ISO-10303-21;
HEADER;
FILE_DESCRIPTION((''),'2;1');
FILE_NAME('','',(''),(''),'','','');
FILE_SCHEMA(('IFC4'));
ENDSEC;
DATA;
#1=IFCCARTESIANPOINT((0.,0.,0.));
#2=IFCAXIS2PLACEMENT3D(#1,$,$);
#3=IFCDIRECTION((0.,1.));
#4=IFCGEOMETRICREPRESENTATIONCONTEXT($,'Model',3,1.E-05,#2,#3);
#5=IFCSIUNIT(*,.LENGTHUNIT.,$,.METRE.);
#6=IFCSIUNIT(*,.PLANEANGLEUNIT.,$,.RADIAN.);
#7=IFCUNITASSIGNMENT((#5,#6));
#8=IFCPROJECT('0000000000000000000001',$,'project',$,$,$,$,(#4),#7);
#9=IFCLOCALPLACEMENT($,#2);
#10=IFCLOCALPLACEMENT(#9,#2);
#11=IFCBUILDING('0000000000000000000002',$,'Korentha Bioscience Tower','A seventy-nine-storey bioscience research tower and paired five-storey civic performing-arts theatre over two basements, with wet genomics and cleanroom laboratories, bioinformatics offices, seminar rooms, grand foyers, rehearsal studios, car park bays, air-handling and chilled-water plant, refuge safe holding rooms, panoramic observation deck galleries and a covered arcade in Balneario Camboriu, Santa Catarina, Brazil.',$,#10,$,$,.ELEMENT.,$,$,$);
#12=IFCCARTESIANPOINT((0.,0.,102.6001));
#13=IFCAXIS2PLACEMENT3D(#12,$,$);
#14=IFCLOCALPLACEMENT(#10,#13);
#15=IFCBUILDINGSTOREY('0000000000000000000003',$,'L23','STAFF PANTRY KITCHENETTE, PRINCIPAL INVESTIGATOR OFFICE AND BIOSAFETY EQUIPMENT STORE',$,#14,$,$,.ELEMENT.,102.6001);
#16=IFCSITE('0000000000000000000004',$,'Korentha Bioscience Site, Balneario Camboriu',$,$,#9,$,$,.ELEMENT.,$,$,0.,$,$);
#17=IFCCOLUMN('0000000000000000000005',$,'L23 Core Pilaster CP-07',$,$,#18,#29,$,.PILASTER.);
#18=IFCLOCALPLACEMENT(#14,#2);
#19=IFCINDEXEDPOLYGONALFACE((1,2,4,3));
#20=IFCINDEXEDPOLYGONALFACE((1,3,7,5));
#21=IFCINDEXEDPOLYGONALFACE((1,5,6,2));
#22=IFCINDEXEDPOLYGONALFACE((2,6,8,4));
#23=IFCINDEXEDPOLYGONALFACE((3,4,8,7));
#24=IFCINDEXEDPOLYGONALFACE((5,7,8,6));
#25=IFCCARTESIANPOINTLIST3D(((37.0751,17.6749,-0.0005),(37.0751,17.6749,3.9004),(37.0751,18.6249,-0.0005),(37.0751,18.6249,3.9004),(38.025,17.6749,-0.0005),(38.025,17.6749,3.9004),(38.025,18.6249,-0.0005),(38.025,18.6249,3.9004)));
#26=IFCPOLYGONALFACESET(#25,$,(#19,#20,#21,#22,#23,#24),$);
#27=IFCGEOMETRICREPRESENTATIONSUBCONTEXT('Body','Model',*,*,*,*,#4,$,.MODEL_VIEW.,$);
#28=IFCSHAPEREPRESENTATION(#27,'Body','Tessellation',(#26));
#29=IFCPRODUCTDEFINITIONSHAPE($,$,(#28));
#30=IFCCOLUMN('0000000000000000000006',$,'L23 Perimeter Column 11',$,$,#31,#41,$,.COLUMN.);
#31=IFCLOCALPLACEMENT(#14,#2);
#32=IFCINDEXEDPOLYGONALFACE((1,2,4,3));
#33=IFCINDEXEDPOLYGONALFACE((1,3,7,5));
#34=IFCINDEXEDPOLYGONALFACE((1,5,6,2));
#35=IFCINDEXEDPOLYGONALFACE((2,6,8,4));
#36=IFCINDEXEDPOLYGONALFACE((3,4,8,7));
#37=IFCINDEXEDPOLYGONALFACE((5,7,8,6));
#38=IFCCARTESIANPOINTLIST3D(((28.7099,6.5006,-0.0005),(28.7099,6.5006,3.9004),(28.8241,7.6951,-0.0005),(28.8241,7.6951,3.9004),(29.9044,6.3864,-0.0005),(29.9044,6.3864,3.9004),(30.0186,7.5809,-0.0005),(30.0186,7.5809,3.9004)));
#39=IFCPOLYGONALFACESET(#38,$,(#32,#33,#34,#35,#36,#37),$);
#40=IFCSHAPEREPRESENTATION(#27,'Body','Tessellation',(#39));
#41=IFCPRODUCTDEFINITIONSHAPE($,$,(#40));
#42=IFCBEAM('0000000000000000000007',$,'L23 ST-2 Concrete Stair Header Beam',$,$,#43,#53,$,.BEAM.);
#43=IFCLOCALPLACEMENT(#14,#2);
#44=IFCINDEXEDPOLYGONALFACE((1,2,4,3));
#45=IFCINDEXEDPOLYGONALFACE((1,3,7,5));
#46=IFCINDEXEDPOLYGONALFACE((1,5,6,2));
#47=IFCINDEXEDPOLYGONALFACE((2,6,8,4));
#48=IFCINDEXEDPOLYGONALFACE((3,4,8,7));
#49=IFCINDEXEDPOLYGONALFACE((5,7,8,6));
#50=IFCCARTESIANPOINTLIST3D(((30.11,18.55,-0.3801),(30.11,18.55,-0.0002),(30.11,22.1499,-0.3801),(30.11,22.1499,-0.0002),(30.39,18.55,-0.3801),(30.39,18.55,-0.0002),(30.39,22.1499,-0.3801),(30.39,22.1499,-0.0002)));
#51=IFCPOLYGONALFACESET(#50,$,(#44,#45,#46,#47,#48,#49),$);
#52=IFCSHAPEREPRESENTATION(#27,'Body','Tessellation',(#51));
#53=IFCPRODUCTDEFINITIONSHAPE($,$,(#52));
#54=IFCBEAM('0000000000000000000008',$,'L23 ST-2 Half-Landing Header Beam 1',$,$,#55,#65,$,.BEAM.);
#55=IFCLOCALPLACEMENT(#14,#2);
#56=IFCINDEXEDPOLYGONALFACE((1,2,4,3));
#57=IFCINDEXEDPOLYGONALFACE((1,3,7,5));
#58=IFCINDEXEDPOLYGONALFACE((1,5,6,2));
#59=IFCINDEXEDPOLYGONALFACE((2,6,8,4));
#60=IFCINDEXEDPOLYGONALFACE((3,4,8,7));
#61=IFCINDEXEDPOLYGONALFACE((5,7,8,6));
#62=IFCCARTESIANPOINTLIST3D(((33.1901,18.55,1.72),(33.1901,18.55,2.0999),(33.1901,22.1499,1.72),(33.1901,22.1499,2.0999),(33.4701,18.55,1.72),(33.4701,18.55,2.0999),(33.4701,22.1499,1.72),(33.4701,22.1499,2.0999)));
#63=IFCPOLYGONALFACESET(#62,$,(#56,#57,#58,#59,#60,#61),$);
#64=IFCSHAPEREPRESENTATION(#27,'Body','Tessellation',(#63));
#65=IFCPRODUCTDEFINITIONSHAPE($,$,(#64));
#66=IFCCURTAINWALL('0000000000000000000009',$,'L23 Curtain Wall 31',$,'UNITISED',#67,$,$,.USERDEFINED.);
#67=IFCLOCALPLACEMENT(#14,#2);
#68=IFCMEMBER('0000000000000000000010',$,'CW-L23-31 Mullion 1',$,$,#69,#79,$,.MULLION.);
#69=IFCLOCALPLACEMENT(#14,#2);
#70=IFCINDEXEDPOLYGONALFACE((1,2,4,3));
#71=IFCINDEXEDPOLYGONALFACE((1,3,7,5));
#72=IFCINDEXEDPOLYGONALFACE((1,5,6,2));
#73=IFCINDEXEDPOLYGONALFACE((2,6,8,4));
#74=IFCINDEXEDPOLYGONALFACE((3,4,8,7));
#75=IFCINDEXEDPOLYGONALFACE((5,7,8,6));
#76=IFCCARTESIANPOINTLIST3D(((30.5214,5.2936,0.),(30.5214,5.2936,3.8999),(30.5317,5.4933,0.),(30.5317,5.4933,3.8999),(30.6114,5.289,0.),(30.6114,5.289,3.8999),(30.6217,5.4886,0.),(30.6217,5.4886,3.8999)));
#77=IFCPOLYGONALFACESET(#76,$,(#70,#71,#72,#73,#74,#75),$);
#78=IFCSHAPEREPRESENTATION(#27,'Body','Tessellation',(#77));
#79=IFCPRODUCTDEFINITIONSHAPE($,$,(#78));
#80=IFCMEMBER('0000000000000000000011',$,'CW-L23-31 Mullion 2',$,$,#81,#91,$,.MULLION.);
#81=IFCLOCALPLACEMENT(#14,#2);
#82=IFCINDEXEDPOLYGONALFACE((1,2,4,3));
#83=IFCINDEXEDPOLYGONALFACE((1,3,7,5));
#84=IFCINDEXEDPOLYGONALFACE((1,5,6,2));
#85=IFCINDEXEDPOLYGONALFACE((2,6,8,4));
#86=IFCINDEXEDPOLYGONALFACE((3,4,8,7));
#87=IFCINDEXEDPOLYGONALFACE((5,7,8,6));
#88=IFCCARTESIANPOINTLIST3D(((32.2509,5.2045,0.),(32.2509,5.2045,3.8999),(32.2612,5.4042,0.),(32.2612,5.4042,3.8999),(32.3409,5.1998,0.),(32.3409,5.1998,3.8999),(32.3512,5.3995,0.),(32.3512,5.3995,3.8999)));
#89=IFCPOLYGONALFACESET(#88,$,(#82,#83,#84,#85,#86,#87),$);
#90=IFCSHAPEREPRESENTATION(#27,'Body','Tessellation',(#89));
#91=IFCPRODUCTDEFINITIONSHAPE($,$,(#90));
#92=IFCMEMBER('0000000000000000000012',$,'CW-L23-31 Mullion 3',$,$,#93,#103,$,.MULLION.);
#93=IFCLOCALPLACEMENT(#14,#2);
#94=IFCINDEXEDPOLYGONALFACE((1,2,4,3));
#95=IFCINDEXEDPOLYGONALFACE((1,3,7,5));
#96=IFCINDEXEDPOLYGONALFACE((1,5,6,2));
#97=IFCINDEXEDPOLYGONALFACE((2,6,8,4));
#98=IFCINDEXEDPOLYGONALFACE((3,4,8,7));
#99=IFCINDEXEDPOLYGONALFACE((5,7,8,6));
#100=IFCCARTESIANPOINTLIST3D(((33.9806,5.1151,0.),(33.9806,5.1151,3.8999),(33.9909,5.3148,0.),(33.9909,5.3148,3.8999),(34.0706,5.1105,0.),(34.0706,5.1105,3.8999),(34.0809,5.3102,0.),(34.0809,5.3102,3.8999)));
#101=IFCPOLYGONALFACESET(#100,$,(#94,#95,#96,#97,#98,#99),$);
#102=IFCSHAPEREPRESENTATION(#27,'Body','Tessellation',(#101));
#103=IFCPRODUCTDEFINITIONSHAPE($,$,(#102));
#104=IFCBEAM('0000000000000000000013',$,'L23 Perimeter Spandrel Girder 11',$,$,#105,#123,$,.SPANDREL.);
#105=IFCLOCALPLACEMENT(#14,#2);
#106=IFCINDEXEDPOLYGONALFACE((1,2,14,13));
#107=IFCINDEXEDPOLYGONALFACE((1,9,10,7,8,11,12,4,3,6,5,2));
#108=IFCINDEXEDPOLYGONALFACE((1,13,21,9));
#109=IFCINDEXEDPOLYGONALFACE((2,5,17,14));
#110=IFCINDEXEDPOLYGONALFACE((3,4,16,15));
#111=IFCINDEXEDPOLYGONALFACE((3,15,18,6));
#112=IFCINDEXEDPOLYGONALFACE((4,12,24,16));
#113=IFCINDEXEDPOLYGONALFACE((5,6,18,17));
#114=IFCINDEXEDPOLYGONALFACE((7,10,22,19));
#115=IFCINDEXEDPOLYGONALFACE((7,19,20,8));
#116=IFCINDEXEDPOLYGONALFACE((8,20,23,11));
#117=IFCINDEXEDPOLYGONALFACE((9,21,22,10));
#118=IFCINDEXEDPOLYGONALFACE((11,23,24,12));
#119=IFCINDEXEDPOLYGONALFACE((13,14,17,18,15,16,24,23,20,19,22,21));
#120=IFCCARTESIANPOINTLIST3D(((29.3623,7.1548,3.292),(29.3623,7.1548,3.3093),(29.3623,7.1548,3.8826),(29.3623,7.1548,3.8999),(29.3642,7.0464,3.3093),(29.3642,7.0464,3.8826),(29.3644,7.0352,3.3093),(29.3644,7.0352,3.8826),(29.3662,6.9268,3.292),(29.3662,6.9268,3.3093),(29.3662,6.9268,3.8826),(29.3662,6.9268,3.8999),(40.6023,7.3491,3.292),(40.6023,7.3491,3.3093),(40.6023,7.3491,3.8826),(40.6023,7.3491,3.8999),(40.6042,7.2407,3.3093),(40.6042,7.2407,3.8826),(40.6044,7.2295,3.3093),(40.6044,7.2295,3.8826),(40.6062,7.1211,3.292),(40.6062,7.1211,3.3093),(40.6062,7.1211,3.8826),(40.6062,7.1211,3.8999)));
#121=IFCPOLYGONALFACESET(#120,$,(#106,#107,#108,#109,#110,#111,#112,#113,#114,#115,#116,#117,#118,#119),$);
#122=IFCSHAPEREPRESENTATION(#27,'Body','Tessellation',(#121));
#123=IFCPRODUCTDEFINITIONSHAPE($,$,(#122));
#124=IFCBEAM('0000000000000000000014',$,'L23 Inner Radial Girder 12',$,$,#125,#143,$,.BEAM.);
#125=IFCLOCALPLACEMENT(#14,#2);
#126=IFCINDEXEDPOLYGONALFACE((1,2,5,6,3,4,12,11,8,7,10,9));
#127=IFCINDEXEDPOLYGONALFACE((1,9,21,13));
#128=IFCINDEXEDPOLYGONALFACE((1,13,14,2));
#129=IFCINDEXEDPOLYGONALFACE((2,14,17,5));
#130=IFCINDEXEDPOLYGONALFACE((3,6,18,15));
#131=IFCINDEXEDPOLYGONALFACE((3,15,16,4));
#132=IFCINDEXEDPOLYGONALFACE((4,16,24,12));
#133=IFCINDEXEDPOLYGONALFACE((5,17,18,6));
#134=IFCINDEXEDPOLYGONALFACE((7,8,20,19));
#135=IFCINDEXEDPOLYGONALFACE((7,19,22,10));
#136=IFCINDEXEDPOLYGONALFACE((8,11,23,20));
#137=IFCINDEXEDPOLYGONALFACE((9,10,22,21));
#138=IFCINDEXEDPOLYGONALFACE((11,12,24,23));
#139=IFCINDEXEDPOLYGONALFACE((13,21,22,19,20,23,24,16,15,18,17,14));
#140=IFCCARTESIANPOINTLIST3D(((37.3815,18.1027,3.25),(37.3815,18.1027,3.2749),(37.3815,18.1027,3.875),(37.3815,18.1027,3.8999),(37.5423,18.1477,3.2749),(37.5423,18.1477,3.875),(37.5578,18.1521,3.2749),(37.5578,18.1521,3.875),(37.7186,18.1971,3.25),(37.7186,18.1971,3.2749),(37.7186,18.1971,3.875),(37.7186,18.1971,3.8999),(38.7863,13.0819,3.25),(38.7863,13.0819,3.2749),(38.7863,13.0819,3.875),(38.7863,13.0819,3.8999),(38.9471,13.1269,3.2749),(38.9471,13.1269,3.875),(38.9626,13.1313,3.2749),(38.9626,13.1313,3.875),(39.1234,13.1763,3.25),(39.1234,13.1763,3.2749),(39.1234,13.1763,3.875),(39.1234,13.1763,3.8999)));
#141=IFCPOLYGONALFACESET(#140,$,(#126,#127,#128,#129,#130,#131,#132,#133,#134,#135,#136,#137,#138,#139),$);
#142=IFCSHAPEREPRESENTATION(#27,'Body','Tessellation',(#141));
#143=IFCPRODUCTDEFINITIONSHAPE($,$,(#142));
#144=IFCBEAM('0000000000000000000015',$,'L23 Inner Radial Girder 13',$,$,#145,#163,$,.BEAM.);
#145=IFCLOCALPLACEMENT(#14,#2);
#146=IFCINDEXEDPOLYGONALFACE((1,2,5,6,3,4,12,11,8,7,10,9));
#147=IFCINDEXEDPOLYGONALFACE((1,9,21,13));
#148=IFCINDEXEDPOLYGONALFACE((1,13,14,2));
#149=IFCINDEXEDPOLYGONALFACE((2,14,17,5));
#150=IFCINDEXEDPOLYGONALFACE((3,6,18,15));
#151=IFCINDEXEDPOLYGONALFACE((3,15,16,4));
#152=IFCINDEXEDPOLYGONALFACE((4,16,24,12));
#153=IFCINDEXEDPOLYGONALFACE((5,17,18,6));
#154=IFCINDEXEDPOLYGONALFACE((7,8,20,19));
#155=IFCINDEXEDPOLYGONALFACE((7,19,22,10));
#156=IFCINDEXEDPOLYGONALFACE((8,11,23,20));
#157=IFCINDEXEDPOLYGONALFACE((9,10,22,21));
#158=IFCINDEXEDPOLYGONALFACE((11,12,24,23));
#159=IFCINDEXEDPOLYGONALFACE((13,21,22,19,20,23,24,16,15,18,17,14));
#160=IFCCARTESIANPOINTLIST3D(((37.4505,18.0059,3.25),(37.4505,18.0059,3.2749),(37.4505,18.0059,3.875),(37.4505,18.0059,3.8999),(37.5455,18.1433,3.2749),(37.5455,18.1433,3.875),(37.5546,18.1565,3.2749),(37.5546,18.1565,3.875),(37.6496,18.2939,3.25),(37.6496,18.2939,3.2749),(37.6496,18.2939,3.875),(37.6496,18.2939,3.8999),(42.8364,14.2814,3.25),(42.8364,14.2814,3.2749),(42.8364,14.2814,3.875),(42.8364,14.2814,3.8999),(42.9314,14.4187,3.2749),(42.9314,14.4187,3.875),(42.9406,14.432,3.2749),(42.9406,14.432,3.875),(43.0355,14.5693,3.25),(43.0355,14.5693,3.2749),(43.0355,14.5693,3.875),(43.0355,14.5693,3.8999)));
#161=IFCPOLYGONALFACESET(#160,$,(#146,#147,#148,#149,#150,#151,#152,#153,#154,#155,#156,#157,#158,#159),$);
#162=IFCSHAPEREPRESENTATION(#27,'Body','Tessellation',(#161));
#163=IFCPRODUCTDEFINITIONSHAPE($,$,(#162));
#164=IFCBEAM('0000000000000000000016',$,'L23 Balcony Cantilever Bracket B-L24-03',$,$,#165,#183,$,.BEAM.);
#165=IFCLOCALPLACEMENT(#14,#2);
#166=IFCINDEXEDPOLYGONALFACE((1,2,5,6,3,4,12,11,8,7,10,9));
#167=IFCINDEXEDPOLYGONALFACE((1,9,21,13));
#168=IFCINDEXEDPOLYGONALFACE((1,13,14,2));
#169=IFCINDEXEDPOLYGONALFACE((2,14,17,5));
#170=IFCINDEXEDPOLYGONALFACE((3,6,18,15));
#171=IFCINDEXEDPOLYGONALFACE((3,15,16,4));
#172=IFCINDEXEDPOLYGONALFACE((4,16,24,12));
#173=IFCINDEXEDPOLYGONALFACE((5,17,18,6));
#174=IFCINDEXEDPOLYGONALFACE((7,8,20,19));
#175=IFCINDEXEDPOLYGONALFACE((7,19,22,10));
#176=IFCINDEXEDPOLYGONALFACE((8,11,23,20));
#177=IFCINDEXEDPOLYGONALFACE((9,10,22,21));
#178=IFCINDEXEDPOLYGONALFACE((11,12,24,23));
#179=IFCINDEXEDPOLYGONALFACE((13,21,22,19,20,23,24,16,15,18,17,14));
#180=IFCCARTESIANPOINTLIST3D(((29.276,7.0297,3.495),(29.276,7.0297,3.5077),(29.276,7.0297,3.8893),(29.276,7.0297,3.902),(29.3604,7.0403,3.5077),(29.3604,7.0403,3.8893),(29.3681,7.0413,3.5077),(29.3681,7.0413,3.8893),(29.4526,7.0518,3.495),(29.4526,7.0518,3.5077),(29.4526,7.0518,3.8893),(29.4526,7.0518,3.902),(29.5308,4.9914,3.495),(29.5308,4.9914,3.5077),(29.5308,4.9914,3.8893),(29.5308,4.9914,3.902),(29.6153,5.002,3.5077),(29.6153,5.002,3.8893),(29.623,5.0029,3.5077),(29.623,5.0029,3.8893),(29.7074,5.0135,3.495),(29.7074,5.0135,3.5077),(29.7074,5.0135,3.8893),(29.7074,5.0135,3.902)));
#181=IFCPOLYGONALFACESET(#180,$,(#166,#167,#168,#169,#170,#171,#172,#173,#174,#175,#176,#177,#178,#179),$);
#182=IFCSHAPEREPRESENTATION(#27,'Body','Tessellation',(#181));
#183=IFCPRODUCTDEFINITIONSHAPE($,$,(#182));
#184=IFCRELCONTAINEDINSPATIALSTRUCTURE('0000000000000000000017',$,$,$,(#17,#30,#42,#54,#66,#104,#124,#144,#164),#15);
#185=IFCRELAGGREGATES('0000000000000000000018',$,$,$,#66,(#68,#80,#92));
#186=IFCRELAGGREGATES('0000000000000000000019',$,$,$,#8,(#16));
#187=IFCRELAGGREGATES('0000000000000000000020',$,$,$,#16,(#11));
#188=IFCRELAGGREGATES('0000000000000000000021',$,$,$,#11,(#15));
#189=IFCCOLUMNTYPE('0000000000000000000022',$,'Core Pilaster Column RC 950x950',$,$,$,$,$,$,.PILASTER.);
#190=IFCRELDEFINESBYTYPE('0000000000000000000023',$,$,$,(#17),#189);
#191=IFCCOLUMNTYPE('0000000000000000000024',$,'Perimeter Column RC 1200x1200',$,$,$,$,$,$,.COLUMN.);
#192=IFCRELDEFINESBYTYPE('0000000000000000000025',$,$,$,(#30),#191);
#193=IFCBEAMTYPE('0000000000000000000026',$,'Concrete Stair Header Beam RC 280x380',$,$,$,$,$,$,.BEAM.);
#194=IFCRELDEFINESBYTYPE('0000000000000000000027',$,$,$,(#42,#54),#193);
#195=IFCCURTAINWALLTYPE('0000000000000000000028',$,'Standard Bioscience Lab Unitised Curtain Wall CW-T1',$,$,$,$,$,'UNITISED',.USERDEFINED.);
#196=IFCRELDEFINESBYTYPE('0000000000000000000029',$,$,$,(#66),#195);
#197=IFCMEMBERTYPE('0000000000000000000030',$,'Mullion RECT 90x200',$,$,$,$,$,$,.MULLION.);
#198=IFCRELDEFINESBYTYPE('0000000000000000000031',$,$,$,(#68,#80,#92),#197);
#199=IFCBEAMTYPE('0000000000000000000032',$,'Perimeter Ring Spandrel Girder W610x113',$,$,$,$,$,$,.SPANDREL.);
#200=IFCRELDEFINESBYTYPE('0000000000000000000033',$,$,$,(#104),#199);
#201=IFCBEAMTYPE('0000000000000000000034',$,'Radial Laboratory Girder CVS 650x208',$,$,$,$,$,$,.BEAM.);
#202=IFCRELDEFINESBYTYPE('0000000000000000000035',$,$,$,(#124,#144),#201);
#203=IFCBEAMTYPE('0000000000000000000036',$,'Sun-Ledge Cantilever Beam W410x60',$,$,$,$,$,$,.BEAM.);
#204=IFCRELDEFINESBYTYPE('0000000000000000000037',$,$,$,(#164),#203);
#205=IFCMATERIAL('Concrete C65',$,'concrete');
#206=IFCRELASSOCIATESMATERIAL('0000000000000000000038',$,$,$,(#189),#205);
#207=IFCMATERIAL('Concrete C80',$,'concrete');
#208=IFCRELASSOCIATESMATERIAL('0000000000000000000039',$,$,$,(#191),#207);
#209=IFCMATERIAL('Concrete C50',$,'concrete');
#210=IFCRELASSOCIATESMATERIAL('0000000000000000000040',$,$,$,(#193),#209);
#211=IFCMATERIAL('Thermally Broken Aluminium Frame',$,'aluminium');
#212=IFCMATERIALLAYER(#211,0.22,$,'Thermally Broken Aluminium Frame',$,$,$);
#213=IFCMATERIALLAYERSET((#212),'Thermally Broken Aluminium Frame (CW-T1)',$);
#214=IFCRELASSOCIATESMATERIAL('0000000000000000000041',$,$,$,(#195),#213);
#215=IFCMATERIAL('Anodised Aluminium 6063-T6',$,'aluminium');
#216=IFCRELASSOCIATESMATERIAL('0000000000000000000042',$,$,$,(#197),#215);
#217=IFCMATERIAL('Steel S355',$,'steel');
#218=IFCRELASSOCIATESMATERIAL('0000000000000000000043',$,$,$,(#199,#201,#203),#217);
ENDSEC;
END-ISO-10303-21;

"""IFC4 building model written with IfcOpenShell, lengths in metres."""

from ifc_helpers import new_model, si_unit, direction, frame, origin, origin_2d, place, context, subcontext, project, spatial, rectangle, i_section, extrude, material, layer, layer_set, material_profile, profile_set, type_object, element, aggregate, save


model = new_model("IFC4")

# Units and contexts
model_context = context("Model", 3, precision=1e-05, world=origin(), true_north=direction((0.0, 1.0)))
body_context = subcontext(model_context, "Body", "Model", "MODEL_VIEW")
ifc_project = project(units=[si_unit("LENGTHUNIT", "METRE"), si_unit("PLANEANGLEUNIT", "RADIAN")], contexts=[model_context])

# Site, building, storey
site_placement = place(None, origin())
site = spatial("IfcSite", under=ifc_project, at=site_placement, Name="Korentha Bioscience Site, Balneario Camboriu", CompositionType="ELEMENT", RefElevation=0.0)
building_placement = place(site_placement, origin())
building = spatial("IfcBuilding", under=site, at=building_placement, Name="Korentha Bioscience Tower", Description="A seventy-nine-storey bioscience research tower and paired five-storey civic performing-arts theatre over two basements, with wet genomics and cleanroom laboratories, bioinformatics offices, seminar rooms, grand foyers, rehearsal studios, car park bays, air-handling and chilled-water plant, refuge safe holding rooms, panoramic observation deck galleries and a covered arcade in Balneario Camboriu, Santa Catarina, Brazil.", CompositionType="ELEMENT")
storey_placement = place(building_placement, frame((0.0, 0.0, 102.6001)))
storey = spatial("IfcBuildingStorey", under=building, at=storey_placement, Name="L23", Description="STAFF PANTRY KITCHENETTE, PRINCIPAL INVESTIGATOR OFFICE AND BIOSAFETY EQUIPMENT STORE", CompositionType="ELEMENT", Elevation=102.6001)

# Columns
ifc_material_1 = material(Name="Concrete C65", Category="concrete")
ifc_material_profile_1 = material_profile(ifc_material_1, rectangle(XDim=0.95, YDim=0.95, at=origin_2d()), Name="Concrete C65")
ifc_profile_set_1 = profile_set([ifc_material_profile_1], Name="Concrete C65 (COL-CP09)")
column_type_1 = type_object("IfcColumnType", Name="Core Pilaster Column RC 950x950", PredefinedType="PILASTER", material=ifc_profile_set_1)
column_1_placement = place(storey_placement, frame((37.55, 18.1499, -0.0005), z_axis=(0.0, 0.0, 1.0), x_axis=(1.0, 0.0, 0.0)))
element("IfcColumn", 1, at=column_1_placement, inside=storey, type_object=column_type_1, Name="L23 Core Pilaster CP-07", PredefinedType="PILASTER", context=body_context, shape_type="SweptSolid", body=[
    extrude(rectangle(XDim=0.95, YDim=0.95, at=origin_2d()), origin(), (0.0, 0.0, 1.0), 3.9009),
])
ifc_material_2 = material(Name="Concrete C80", Category="concrete")
ifc_material_profile_2 = material_profile(ifc_material_2, rectangle(XDim=1.2, YDim=1.2, at=origin_2d()), Name="Concrete C80")
ifc_profile_set_2 = profile_set([ifc_material_profile_2], Name="Concrete C80 (COL-P12)")
column_type_2 = type_object("IfcColumnType", Name="Perimeter Column RC 1200x1200", PredefinedType="COLUMN", material=ifc_profile_set_2)
column_2_placement = place(storey_placement, frame((29.3643, 7.0408, -0.0005), z_axis=(0.0, 0.0, 1.0), x_axis=(-0.995463, 0.095151, 0.0)))
element("IfcColumn", 2, at=column_2_placement, inside=storey, type_object=column_type_2, Name="L23 Perimeter Column 11", PredefinedType="COLUMN", context=body_context, shape_type="SweptSolid", body=[
    extrude(rectangle(XDim=1.2, YDim=1.2, at=origin_2d()), origin(), (0.0, 0.0, 1.0), 3.9009),
])

# Beams
ifc_material_3 = material(Name="Concrete C50", Category="concrete")
ifc_material_profile_3 = material_profile(ifc_material_3, rectangle(XDim=0.28, YDim=0.3799, at=origin_2d()), Name="Concrete C50")
ifc_profile_set_3 = profile_set([ifc_material_profile_3], Name="Concrete C50 (ST-HB380)")
beam_type_1 = type_object("IfcBeamType", Name="Concrete Stair Header Beam RC 280x380", PredefinedType="BEAM", material=ifc_profile_set_3)
for number, where, z_axis, x_axis, name in (
    (3, (30.25, 18.55, -0.1902), (0.0, 1.0, 0.0), (-1.0, 0.0, 0.0), "L23 ST-2 Concrete Stair Header Beam"),
    (4, (33.3301, 18.55, 1.9099), (0.0, 1.0, 0.0), (-1.0, 0.0, 0.0), "L23 ST-2 Half-Landing Header Beam 1"),
):
    element("IfcBeam", number, at=place(storey_placement, frame(where, z_axis=z_axis, x_axis=x_axis)), inside=storey, type_object=beam_type_1, Name=name, PredefinedType="BEAM", context=body_context, shape_type="SweptSolid", body=[
        extrude(rectangle(XDim=0.28, YDim=0.3799, at=origin_2d()), origin(), (0.0, 0.0, 1.0), 3.5999),
    ])

# Curtain wall, members
ifc_material_4 = material(Name="Thermally Broken Aluminium Frame", Category="aluminium")
ifc_layer_1 = layer(ifc_material_4, 0.22, Name="Thermally Broken Aluminium Frame")
ifc_layer_set_1 = layer_set([ifc_layer_1], Name="Thermally Broken Aluminium Frame (CW-T1)")
curtain_wall_type = type_object("IfcCurtainWallType", Name="Standard Bioscience Lab Unitised Curtain Wall CW-T1", ElementType="UNITISED", PredefinedType="USERDEFINED", material=ifc_layer_set_1)
curtain_wall_placement = place(storey_placement, origin())
curtain_wall = element("IfcCurtainWall", 5, at=curtain_wall_placement, inside=storey, type_object=curtain_wall_type, Name="L23 Curtain Wall 31", ObjectType="UNITISED", PredefinedType="USERDEFINED")
ifc_material_5 = material(Name="Anodised Aluminium 6063-T6", Category="aluminium")
ifc_material_profile_4 = material_profile(ifc_material_5, rectangle(XDim=0.0901, YDim=0.2, at=origin_2d()), Name="Anodised Aluminium 6063-T6")
ifc_profile_set_4 = profile_set([ifc_material_profile_4], Name="Anodised Aluminium 6063-T6 (CW-MUL)")
member_type_1 = type_object("IfcMemberType", Name="Mullion RECT 90x200", PredefinedType="MULLION", material=ifc_profile_set_4)
member_1_placement = place(storey_placement, frame((30.5715, 5.3911, 0.0), z_axis=(0.0, 0.0, 1.0), x_axis=(0.998673, -0.051495, 0.0)))
member_1 = element("IfcMember", 6, at=member_1_placement, type_object=member_type_1, Name="CW-L23-31 Mullion 1", PredefinedType="MULLION", context=body_context, shape_type="SweptSolid", body=[
    extrude(rectangle(XDim=0.0901, YDim=0.2, at=origin_2d()), origin(), (0.0, 0.0, 1.0), 3.8999),
])
member_2_placement = place(storey_placement, frame((32.301, 5.302, 0.0), z_axis=(0.0, 0.0, 1.0), x_axis=(0.998673, -0.051495, 0.0)))
member_2 = element("IfcMember", 7, at=member_2_placement, type_object=member_type_1, Name="CW-L23-31 Mullion 2", PredefinedType="MULLION", context=body_context, shape_type="SweptSolid", body=[
    extrude(rectangle(XDim=0.0901, YDim=0.2, at=origin_2d()), origin(), (0.0, 0.0, 1.0), 3.8999),
])
member_3_placement = place(storey_placement, frame((34.0308, 5.2126, 0.0), z_axis=(0.0, 0.0, 1.0), x_axis=(0.998673, -0.051495, 0.0)))
member_3 = element("IfcMember", 8, at=member_3_placement, type_object=member_type_1, Name="CW-L23-31 Mullion 3", PredefinedType="MULLION", context=body_context, shape_type="SweptSolid", body=[
    extrude(rectangle(XDim=0.0901, YDim=0.2, at=origin_2d()), origin(), (0.0, 0.0, 1.0), 3.8999),
])

# Beams
ifc_material_6 = material(Name="Steel S355", Category="steel")
ifc_material_profile_5 = material_profile(ifc_material_6, i_section(OverallWidth=0.228, OverallDepth=0.6079, WebThickness=0.0112, FlangeThickness=0.0173, at=origin_2d()), Name="Steel S355")
ifc_profile_set_5 = profile_set([ifc_material_profile_5], Name="Steel S355 (SB-610)")
beam_type_2 = type_object("IfcBeamType", Name="Perimeter Ring Spandrel Girder W610x113", PredefinedType="SPANDREL", material=ifc_profile_set_5)
beam_1_placement = place(storey_placement, frame((29.3643, 7.0408, 3.5959), z_axis=(0.999851, 0.017287, 0.0), x_axis=(-0.017287, 0.999851, 0.0)))
element("IfcBeam", 9, at=beam_1_placement, inside=storey, type_object=beam_type_2, Name="L23 Perimeter Spandrel Girder 11", PredefinedType="SPANDREL", context=body_context, shape_type="SweptSolid", body=[
    extrude(i_section(OverallWidth=0.228, OverallDepth=0.6079, WebThickness=0.0112, FlangeThickness=0.0173, at=origin_2d()), origin(), (0.0, 0.0, 1.0), 11.2417),
])
ifc_material_profile_6 = material_profile(ifc_material_6, i_section(OverallWidth=0.3501, OverallDepth=0.6499, WebThickness=0.0161, FlangeThickness=0.0249, at=origin_2d()), Name="Steel S355")
ifc_profile_set_6 = profile_set([ifc_material_profile_6], Name="Steel S355 (RB-650)")
beam_type_3 = type_object("IfcBeamType", Name="Radial Laboratory Girder CVS 650x208", PredefinedType="BEAM", material=ifc_profile_set_6)
beam_2_placement = place(storey_placement, frame((37.55, 18.1499, 3.575), z_axis=(0.269448, -0.963015, 0.0), x_axis=(0.963015, 0.269448, 0.0)))
element("IfcBeam", 10, at=beam_2_placement, inside=storey, type_object=beam_type_3, Name="L23 Inner Radial Girder 12", PredefinedType="BEAM", context=body_context, shape_type="SweptSolid", body=[
    extrude(i_section(OverallWidth=0.3501, OverallDepth=0.6499, WebThickness=0.0161, FlangeThickness=0.0249, at=origin_2d()), origin(), (0.0, 0.0, 1.0), 5.2136),
])
beam_3_placement = place(storey_placement, frame((37.55, 18.1499, 3.575), z_axis=(0.822489, -0.568781, 0.0), x_axis=(0.568781, 0.822489, 0.0)))
element("IfcBeam", 11, at=beam_3_placement, inside=storey, type_object=beam_type_3, Name="L23 Inner Radial Girder 13", PredefinedType="BEAM", context=body_context, shape_type="SweptSolid", body=[
    extrude(i_section(OverallWidth=0.3501, OverallDepth=0.6499, WebThickness=0.0161, FlangeThickness=0.0249, at=origin_2d()), origin(), (0.0, 0.0, 1.0), 6.5483),
])
ifc_material_profile_7 = material_profile(ifc_material_6, i_section(OverallWidth=0.178, OverallDepth=0.407, WebThickness=0.0078, FlangeThickness=0.0127, at=origin_2d()), Name="Steel S355")
ifc_profile_set_7 = profile_set([ifc_material_profile_7], Name="Steel S355 (CB-410)")
beam_type_4 = type_object("IfcBeamType", Name="Sun-Ledge Cantilever Beam W410x60", PredefinedType="BEAM", material=ifc_profile_set_7)
beam_4_placement = place(storey_placement, frame((29.3643, 7.0408, 3.6985), z_axis=(0.124079, -0.992272, 0.0), x_axis=(0.992272, 0.124079, 0.0)))
element("IfcBeam", 12, at=beam_4_placement, inside=storey, type_object=beam_type_4, Name="L23 Balcony Cantilever Bracket B-L24-03", PredefinedType="BEAM", context=body_context, shape_type="SweptSolid", body=[
    extrude(i_section(OverallWidth=0.178, OverallDepth=0.407, WebThickness=0.0078, FlangeThickness=0.0127, at=origin_2d()), origin(), (0.0, 0.0, 1.0), 2.0542),
])

aggregate(curtain_wall, [member_1, member_2, member_3])

save(model, "model.ifc")
